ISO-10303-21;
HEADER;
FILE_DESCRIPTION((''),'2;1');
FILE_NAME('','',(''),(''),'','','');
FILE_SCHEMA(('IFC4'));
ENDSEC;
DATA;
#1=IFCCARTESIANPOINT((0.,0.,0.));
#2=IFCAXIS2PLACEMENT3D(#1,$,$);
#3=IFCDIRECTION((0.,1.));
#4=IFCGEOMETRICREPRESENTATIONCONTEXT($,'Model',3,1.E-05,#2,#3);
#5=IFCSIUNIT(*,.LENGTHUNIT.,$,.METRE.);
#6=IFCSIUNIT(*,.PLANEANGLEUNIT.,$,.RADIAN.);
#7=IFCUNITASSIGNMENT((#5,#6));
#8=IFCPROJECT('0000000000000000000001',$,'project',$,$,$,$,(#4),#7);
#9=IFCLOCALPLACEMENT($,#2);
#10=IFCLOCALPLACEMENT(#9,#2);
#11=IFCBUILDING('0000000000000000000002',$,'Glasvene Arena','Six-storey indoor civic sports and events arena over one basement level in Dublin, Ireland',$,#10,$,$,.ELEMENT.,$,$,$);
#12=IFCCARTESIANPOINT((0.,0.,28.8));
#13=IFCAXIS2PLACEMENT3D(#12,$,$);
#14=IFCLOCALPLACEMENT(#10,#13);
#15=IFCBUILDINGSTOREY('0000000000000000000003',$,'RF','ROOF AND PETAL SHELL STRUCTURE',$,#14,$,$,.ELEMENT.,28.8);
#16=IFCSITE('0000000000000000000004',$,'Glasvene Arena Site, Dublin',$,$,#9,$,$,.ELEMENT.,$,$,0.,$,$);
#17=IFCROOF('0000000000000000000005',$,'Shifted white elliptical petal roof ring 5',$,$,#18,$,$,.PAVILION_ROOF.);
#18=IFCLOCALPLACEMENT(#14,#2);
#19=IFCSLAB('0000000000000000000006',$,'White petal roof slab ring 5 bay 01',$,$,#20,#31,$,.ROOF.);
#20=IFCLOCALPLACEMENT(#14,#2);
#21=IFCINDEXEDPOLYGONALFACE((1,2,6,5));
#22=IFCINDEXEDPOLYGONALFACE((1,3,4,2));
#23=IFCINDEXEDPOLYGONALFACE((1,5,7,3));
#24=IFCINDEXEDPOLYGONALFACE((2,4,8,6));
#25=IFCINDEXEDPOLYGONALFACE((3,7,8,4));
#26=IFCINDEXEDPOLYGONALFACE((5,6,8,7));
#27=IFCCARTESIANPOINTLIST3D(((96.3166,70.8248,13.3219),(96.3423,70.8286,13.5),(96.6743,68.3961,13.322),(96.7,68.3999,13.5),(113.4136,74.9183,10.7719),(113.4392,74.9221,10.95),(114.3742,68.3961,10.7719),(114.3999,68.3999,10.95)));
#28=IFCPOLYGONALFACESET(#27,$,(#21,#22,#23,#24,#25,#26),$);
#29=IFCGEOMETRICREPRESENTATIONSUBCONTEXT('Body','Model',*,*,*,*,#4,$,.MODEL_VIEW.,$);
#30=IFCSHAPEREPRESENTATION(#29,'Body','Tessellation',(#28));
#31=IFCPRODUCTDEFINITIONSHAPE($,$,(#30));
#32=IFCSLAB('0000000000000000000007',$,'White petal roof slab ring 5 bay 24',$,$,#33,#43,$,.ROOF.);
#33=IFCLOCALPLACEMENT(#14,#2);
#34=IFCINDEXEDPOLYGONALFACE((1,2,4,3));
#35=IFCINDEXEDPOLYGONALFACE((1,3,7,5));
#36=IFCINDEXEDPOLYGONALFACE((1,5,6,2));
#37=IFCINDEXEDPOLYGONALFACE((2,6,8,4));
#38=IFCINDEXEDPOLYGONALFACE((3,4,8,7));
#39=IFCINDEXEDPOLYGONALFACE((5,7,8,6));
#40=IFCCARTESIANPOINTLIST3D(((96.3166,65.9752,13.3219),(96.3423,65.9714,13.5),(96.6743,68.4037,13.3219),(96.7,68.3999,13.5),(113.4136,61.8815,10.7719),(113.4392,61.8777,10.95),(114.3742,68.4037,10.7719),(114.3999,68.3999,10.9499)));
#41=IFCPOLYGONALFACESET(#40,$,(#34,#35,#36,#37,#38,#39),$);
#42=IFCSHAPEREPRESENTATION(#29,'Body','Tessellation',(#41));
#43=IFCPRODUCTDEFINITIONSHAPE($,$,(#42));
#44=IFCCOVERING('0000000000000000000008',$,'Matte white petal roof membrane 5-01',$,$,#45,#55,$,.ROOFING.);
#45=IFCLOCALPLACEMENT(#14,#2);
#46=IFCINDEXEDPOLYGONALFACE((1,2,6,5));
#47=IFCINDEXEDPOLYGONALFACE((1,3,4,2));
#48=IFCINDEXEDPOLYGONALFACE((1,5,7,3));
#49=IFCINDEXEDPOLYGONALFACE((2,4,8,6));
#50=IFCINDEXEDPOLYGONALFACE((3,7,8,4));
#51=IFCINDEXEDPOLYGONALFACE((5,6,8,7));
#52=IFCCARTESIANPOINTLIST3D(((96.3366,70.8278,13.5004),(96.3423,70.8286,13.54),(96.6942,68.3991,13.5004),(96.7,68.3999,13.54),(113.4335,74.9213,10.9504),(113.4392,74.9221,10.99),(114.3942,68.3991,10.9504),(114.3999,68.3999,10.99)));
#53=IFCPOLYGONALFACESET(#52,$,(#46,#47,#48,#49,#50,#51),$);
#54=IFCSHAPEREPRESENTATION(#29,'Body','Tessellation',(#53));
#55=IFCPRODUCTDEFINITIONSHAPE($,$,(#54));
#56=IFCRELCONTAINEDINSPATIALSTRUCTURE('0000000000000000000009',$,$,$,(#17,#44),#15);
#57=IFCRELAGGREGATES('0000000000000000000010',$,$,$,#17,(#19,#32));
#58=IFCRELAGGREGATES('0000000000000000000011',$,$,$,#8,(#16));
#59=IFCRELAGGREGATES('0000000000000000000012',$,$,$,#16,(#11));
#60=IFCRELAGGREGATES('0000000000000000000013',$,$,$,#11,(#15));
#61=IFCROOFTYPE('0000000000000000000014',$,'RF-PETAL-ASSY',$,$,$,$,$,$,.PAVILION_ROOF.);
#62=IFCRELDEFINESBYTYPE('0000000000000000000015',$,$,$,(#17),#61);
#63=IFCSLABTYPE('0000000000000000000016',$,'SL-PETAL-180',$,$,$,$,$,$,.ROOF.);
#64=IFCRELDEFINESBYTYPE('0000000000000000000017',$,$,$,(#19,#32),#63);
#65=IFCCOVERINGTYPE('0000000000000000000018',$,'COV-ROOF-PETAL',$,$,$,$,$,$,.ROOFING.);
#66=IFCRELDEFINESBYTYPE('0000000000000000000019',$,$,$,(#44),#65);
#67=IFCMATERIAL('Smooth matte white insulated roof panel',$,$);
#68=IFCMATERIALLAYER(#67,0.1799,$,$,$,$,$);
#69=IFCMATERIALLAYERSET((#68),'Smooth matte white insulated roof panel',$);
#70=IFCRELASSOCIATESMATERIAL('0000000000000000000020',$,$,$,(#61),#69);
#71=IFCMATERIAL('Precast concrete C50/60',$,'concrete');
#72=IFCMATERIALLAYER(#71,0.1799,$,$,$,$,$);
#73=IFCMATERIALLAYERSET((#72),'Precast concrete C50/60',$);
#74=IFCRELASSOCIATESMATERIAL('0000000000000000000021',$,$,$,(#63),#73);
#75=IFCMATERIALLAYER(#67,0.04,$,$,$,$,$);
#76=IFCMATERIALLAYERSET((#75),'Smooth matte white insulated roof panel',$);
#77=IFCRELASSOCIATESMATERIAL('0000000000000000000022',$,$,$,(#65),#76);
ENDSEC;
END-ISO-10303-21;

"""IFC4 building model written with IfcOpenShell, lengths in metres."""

from ifc_helpers import new_model, si_unit, direction, frame, origin, place, context, subcontext, project, spatial, polyline, outline, extrude, material, layer, layer_set, type_object, element, aggregate, save


model = new_model("IFC4")

# Units and contexts
model_context = context("Model", 3, precision=1e-05, world=origin(), true_north=direction((0.0, 1.0)))
body_context = subcontext(model_context, "Body", "Model", "MODEL_VIEW")
ifc_project = project(units=[si_unit("LENGTHUNIT", "METRE"), si_unit("PLANEANGLEUNIT", "RADIAN")], contexts=[model_context])

# Site, building, storey
site_placement = place(None, origin())
site = spatial("IfcSite", under=ifc_project, at=site_placement, Name="Glasvene Arena Site, Dublin", CompositionType="ELEMENT", RefElevation=0.0)
building_placement = place(site_placement, origin())
building = spatial("IfcBuilding", under=site, at=building_placement, Name="Glasvene Arena", Description="Six-storey indoor civic sports and events arena over one basement level in Dublin, Ireland", CompositionType="ELEMENT")
storey_placement = place(building_placement, frame((0.0, 0.0, 28.8)))
storey = spatial("IfcBuildingStorey", under=building, at=storey_placement, Name="RF", Description="ROOF AND PETAL SHELL STRUCTURE", CompositionType="ELEMENT", Elevation=28.8)

# Roof, slabs
ifc_material_1 = material(Name="Smooth matte white insulated roof panel")
ifc_layer_1 = layer(ifc_material_1, 0.1799)
ifc_layer_set_1 = layer_set([ifc_layer_1], Name="Smooth matte white insulated roof panel")
roof_type = type_object("IfcRoofType", Name="RF-PETAL-ASSY", PredefinedType="PAVILION_ROOF", material=ifc_layer_set_1)
roof_placement = place(storey_placement, frame((86.2, 68.3999, 10.95)))
roof = element("IfcRoof", 1, at=roof_placement, inside=storey, type_object=roof_type, Name="Shifted white elliptical petal roof ring 5", PredefinedType="PAVILION_ROOF")
ifc_material_2 = material(Name="Precast concrete C50/60", Category="concrete")
ifc_layer_2 = layer(ifc_material_2, 0.1799)
ifc_layer_set_2 = layer_set([ifc_layer_2], Name="Precast concrete C50/60")
slab_type = type_object("IfcSlabType", Name="SL-PETAL-180", PredefinedType="ROOF", material=ifc_layer_set_2)
slab_1_placement = place(storey_placement, frame((114.3999, 68.3999, 10.95), z_axis=(0.142568, 0.020998, 0.989562), x_axis=(-0.145723, 0.989325, 0.000001)))
slab_1 = element("IfcSlab", 2, at=slab_1_placement, type_object=slab_type, Name="White petal roof slab ring 5 bay 01", PredefinedType="ROOF", context=body_context, shape_type="SweptSolid", body=[
    extrude(outline(polyline([(0.0, 0.0), (6.5926, 0.0), (5.0342, 17.6956), (2.5793, 17.6957), (0.0, 0.0)])), origin(), (0.0, 0.0, -1.0), 0.1799),
])
slab_2_placement = place(storey_placement, frame((113.4392, 61.8777, 10.95), z_axis=(0.142567, -0.020999, 0.989562), x_axis=(0.145723, 0.989325, -0.000001)))
slab_2 = element("IfcSlab", 3, at=slab_2_placement, type_object=slab_type, Name="White petal roof slab ring 5 bay 24", PredefinedType="ROOF", context=body_context, shape_type="SweptSolid", body=[
    extrude(outline(polyline([(0.0, 0.0), (6.5926, 0.0), (4.0133, 17.6957), (1.5586, 17.6957), (0.0, 0.0)])), origin(), (0.0, 0.0, -1.0), 0.1799),
])
aggregate(roof, [slab_1, slab_2])

# Covering
ifc_layer_3 = layer(ifc_material_1, 0.04)
ifc_layer_set_3 = layer_set([ifc_layer_3], Name="Smooth matte white insulated roof panel")
covering_type = type_object("IfcCoveringType", Name="COV-ROOF-PETAL", PredefinedType="ROOFING", material=ifc_layer_set_3)
covering_placement = place(storey_placement, frame((114.3999, 68.3999, 10.99), z_axis=(0.142568, 0.020998, 0.989562), x_axis=(-0.145723, 0.989325, 0.000001)))
element("IfcCovering", 4, at=covering_placement, inside=storey, type_object=covering_type, Name="Matte white petal roof membrane 5-01", PredefinedType="ROOFING", context=body_context, shape_type="SweptSolid", body=[
    extrude(outline(polyline([(0.0, 0.0), (6.5926, 0.0), (5.0342, 17.6956), (2.5793, 17.6957), (0.0, 0.0)])), origin(), (0.0, 0.0, -1.0), 0.04),
])

save(model, "model.ifc")
